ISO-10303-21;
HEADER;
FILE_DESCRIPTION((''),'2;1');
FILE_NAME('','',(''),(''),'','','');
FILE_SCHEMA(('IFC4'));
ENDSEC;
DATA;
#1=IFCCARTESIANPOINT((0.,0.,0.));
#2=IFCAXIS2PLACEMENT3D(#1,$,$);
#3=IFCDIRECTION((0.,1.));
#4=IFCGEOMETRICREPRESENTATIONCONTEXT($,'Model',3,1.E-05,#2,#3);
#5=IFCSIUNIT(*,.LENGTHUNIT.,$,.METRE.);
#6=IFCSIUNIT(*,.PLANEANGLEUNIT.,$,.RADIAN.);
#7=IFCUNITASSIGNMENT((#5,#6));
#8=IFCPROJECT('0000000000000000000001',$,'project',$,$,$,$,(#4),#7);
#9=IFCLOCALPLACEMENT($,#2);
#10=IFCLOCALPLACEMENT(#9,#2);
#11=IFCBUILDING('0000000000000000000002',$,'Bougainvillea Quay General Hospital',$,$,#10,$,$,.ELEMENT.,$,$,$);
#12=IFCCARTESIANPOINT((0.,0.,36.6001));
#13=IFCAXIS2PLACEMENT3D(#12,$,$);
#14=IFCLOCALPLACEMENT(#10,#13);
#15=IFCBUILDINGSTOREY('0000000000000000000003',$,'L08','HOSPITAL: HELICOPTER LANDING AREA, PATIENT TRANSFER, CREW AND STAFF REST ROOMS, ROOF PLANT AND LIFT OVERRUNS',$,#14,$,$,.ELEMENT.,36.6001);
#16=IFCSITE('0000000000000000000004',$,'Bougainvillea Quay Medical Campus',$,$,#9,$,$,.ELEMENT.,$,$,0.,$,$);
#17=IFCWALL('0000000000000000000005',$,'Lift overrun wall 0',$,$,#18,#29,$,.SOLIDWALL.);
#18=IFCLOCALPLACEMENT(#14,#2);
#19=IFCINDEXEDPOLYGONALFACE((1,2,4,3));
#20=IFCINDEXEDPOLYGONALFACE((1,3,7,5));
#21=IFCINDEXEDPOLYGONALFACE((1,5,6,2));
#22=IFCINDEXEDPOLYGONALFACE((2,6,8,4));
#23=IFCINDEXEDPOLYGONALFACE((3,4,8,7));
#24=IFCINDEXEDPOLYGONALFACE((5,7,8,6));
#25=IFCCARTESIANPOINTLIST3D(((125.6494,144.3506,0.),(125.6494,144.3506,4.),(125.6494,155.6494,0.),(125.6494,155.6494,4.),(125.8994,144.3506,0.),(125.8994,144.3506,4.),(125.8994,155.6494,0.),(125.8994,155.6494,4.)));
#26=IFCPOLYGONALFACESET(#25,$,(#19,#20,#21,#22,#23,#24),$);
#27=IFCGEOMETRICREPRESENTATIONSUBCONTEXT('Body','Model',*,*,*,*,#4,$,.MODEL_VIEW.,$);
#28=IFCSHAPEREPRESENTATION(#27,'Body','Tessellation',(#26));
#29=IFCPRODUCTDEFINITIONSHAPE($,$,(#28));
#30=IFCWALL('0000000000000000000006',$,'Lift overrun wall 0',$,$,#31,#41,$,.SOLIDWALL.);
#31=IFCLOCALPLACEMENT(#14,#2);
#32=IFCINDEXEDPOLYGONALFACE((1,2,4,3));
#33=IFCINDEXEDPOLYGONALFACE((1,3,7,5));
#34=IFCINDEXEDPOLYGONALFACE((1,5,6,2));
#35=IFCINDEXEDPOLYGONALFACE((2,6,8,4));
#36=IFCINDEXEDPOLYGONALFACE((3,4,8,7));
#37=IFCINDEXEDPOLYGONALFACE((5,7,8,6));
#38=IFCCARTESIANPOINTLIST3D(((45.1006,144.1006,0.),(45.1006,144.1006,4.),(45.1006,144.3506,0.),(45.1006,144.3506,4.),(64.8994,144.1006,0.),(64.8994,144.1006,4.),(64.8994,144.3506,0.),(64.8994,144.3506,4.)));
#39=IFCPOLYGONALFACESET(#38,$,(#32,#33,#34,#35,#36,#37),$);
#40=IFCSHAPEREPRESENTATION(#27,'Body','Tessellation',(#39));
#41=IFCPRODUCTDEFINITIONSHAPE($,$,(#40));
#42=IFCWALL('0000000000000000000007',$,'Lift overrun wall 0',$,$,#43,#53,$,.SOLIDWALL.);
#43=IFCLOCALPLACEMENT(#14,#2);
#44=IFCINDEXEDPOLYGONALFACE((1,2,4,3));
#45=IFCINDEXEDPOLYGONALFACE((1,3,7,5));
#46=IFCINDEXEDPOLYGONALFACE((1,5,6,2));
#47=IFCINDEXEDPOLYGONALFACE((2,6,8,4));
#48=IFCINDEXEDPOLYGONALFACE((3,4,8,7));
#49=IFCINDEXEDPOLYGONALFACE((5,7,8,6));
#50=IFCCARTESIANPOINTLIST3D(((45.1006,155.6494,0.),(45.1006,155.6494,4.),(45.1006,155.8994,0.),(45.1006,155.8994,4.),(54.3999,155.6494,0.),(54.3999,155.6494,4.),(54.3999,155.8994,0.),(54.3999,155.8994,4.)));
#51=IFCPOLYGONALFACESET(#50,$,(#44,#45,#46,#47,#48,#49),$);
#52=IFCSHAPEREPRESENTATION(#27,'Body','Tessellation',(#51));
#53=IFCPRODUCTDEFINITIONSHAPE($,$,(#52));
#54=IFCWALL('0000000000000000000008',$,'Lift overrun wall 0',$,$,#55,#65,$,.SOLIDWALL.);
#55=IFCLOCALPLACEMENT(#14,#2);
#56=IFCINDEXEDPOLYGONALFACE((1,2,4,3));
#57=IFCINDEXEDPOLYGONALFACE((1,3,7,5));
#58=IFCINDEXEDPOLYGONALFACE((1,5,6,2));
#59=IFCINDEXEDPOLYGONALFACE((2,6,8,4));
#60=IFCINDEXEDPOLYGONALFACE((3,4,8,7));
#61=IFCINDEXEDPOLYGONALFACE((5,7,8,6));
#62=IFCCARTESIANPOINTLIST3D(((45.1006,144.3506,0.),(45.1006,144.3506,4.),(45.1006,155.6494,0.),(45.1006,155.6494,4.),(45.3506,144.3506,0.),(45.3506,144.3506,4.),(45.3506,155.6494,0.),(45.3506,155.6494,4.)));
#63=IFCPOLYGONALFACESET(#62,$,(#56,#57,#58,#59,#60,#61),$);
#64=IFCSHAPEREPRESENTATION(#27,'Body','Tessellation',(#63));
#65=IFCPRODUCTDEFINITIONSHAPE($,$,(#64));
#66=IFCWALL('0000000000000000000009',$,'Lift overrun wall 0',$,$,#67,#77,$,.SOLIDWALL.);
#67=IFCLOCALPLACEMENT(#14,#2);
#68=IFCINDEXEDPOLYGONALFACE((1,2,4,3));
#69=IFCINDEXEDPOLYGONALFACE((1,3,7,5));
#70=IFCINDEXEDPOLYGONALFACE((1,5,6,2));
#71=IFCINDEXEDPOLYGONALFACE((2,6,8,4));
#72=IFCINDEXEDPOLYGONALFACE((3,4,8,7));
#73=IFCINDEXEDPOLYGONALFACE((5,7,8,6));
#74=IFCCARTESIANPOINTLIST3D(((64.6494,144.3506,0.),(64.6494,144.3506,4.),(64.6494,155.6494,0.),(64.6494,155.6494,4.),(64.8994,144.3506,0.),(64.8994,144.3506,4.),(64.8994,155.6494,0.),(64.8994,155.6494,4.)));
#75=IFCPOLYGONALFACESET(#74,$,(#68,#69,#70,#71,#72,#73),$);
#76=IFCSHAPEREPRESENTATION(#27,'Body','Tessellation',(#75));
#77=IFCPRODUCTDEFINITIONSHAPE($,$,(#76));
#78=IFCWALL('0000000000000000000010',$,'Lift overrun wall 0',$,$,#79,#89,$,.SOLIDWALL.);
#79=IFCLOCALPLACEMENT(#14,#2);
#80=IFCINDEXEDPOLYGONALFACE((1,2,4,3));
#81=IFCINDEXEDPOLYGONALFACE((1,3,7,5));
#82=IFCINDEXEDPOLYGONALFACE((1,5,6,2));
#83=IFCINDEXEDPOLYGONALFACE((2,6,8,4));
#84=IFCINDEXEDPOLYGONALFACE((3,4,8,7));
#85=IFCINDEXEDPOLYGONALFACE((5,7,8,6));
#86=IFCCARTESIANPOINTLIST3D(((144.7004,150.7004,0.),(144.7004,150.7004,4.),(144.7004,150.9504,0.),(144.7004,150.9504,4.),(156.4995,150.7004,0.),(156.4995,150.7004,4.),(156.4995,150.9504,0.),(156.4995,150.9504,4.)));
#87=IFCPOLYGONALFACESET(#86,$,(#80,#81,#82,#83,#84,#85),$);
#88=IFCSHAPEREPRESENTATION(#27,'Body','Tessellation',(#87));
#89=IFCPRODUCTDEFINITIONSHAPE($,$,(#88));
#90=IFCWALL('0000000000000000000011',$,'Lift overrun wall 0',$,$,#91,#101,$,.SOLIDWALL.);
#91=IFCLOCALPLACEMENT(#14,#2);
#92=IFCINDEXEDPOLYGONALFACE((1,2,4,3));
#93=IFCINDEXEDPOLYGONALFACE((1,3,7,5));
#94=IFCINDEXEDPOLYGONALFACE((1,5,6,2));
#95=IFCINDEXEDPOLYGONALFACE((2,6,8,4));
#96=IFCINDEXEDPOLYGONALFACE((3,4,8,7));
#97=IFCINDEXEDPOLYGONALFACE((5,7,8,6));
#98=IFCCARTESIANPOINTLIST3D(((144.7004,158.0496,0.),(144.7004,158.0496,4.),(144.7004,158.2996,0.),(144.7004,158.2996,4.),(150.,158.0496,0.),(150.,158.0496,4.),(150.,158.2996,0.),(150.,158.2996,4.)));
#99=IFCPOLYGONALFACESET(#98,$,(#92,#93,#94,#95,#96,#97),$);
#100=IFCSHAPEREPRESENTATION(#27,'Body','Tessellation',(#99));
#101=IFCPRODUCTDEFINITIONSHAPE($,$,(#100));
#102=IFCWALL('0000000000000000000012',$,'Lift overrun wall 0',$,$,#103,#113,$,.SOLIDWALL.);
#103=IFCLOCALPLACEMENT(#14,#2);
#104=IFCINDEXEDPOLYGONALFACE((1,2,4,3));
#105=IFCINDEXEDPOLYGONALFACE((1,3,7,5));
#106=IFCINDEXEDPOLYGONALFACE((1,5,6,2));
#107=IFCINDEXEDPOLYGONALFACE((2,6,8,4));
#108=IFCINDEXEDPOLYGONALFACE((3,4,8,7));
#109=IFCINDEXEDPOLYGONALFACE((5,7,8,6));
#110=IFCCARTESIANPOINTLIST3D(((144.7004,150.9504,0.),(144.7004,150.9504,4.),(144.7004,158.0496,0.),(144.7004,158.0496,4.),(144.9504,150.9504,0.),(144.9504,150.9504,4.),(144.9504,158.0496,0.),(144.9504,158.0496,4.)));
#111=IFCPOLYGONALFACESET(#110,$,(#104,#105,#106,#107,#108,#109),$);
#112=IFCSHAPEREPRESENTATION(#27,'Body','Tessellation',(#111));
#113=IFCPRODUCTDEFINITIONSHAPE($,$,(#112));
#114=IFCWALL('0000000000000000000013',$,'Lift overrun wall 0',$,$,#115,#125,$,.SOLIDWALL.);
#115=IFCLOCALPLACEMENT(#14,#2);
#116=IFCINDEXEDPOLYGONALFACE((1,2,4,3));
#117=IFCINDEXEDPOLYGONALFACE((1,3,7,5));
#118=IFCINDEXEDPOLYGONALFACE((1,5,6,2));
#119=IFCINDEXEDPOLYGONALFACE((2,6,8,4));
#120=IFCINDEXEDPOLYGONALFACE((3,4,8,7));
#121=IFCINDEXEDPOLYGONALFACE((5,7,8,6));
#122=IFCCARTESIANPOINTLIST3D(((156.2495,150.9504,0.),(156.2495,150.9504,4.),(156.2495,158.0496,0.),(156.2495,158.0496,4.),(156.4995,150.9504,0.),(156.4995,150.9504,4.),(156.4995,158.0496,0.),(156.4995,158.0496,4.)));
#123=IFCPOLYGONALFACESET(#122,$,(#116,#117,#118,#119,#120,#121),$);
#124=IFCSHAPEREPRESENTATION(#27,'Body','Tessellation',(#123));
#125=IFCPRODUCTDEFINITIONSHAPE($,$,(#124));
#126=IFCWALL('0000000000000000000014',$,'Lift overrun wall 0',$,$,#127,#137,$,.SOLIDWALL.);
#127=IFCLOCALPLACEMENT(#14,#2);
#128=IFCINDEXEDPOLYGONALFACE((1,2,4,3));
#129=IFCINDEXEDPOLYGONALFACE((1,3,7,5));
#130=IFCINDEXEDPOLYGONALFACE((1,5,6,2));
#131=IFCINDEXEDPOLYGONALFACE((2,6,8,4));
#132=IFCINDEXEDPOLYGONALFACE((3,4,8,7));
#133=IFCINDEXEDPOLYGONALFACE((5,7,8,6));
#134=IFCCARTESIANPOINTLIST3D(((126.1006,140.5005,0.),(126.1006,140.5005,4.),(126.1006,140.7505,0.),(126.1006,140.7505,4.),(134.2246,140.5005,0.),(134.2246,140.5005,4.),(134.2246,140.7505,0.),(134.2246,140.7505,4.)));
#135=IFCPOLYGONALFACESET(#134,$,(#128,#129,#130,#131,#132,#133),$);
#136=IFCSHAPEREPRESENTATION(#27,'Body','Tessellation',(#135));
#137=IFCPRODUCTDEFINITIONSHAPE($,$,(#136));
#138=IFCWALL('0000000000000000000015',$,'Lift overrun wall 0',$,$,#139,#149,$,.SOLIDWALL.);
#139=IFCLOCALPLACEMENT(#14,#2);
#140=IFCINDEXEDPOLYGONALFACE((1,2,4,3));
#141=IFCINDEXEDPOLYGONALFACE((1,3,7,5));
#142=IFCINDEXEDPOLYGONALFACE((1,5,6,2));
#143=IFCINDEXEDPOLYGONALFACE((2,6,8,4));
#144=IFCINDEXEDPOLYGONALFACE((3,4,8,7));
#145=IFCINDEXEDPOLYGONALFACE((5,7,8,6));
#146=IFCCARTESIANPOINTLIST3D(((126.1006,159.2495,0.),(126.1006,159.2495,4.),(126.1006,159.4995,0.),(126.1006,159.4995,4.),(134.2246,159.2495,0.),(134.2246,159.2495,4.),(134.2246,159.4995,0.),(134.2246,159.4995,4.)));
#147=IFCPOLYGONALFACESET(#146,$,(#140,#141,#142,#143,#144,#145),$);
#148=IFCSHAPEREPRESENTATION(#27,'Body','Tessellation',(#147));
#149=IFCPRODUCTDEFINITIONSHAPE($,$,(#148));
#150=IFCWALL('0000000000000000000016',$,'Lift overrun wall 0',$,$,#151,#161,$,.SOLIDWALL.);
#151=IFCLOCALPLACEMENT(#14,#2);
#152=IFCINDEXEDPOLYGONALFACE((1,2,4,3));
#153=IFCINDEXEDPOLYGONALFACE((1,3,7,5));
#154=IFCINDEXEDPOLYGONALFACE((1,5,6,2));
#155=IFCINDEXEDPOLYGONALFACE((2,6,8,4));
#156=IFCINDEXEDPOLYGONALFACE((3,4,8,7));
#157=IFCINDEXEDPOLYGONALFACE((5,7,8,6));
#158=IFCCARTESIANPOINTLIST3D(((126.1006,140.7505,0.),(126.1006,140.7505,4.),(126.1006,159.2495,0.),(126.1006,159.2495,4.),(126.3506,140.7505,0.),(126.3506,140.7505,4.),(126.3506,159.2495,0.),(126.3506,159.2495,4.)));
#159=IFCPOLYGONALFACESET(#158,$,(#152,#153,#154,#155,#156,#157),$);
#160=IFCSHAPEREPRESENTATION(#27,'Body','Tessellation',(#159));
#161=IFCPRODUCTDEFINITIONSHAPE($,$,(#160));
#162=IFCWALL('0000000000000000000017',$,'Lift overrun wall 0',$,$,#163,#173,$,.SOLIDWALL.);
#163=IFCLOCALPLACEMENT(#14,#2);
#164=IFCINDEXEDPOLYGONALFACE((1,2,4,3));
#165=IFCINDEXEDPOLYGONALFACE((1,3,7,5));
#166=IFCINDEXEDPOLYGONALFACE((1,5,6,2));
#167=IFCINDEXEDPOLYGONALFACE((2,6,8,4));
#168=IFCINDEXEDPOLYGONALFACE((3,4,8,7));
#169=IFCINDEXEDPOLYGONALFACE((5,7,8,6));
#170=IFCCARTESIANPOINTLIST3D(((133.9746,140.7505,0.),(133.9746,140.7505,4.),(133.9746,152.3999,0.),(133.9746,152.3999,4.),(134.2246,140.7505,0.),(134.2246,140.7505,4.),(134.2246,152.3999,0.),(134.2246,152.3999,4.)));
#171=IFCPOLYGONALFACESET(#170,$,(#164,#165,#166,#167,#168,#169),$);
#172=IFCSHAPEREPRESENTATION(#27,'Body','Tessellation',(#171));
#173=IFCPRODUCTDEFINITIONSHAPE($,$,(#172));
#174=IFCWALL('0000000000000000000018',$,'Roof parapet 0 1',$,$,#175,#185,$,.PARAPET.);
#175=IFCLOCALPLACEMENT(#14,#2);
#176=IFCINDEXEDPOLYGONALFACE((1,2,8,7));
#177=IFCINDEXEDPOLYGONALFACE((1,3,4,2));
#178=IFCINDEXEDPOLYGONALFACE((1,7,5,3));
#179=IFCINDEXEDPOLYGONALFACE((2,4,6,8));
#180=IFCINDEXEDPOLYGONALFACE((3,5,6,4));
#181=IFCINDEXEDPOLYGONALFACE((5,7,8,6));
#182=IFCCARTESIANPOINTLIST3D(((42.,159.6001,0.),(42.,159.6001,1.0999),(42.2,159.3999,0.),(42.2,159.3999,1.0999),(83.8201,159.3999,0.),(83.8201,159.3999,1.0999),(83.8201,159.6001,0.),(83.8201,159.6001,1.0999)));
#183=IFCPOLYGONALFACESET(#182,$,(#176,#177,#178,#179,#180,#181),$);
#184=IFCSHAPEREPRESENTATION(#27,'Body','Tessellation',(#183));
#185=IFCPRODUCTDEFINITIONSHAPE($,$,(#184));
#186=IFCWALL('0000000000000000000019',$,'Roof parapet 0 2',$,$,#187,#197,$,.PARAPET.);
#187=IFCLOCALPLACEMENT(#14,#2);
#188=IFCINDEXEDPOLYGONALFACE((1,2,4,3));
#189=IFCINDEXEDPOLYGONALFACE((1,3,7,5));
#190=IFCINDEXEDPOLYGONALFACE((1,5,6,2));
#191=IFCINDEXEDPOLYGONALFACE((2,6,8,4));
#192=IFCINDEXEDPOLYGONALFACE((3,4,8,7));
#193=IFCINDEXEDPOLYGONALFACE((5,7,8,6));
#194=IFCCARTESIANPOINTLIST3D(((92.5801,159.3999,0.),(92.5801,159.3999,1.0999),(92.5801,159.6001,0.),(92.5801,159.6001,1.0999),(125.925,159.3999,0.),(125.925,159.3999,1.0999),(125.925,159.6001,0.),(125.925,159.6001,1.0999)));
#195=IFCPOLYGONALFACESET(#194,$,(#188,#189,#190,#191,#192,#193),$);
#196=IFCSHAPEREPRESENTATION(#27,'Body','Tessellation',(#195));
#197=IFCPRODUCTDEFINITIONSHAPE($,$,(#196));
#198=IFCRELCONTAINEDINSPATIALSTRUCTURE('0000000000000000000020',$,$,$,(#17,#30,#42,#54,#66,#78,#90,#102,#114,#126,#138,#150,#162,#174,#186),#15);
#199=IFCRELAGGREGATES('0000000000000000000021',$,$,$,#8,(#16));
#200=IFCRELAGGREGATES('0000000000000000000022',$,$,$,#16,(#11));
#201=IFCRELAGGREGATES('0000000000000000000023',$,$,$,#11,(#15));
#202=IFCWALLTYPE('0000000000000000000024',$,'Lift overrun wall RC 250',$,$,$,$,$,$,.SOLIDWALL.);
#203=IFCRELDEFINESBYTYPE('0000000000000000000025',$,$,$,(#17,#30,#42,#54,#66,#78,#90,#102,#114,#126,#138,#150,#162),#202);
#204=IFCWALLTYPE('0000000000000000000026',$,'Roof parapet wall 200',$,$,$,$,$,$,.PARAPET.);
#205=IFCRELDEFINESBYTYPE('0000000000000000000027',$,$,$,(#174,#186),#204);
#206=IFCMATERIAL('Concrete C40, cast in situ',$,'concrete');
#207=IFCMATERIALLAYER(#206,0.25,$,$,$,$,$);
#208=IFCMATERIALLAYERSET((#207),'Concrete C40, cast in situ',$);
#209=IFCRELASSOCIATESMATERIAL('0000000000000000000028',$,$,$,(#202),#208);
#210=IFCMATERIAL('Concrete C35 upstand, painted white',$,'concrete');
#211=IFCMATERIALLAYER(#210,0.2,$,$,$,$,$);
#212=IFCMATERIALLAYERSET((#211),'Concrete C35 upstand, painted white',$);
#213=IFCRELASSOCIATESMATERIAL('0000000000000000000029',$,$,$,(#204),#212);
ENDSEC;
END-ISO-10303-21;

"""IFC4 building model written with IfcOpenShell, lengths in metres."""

from ifc_helpers import new_model, si_unit, direction, frame, origin, place, context, subcontext, project, spatial, polyline, outline, extrude, material, layer, layer_set, type_object, element, save


model = new_model("IFC4")

# Units and contexts
model_context = context("Model", 3, precision=1e-05, world=origin(), true_north=direction((0.0, 1.0)))
body_context = subcontext(model_context, "Body", "Model", "MODEL_VIEW")
ifc_project = project(units=[si_unit("LENGTHUNIT", "METRE"), si_unit("PLANEANGLEUNIT", "RADIAN")], contexts=[model_context])

# Site, building, storey
site_placement = place(None, origin())
site = spatial("IfcSite", under=ifc_project, at=site_placement, Name="Bougainvillea Quay Medical Campus", CompositionType="ELEMENT", RefElevation=0.0)
building_placement = place(site_placement, origin())
building = spatial("IfcBuilding", under=site, at=building_placement, Name="Bougainvillea Quay General Hospital", CompositionType="ELEMENT")
storey_placement = place(building_placement, frame((0.0, 0.0, 36.6001)))
storey = spatial("IfcBuildingStorey", under=building, at=storey_placement, Name="L08", Description="HOSPITAL: HELICOPTER LANDING AREA, PATIENT TRANSFER, CREW AND STAFF REST ROOMS, ROOF PLANT AND LIFT OVERRUNS", CompositionType="ELEMENT", Elevation=36.6001)

# Walls
ifc_material_1 = material(Name="Concrete C40, cast in situ", Category="concrete")
ifc_layer_1 = layer(ifc_material_1, 0.25)
ifc_layer_set_1 = layer_set([ifc_layer_1], Name="Concrete C40, cast in situ")
wall_type_1 = type_object("IfcWallType", Name="Lift overrun wall RC 250", PredefinedType="SOLIDWALL", material=ifc_layer_set_1)
wall_1_placement = place(storey_placement, origin())
element("IfcWall", 1, at=wall_1_placement, inside=storey, type_object=wall_type_1, Name="Lift overrun wall 0", PredefinedType="SOLIDWALL", context=body_context, shape_type="SweptSolid", body=[
    extrude(outline(polyline([(125.6494, 144.3506), (125.8994, 144.3506), (125.8994, 155.6494), (125.6494, 155.6494), (125.6494, 144.3506)])), origin(), (0.0, 0.0, 1.0), 4.0),
])
wall_2_placement = place(storey_placement, origin())
element("IfcWall", 2, at=wall_2_placement, inside=storey, type_object=wall_type_1, Name="Lift overrun wall 0", PredefinedType="SOLIDWALL", context=body_context, shape_type="SweptSolid", body=[
    extrude(outline(polyline([(45.1006, 144.1006), (64.8994, 144.1006), (64.8994, 144.3506), (45.1006, 144.3506), (45.1006, 144.1006)])), origin(), (0.0, 0.0, 1.0), 4.0),
])
wall_3_placement = place(storey_placement, origin())
element("IfcWall", 3, at=wall_3_placement, inside=storey, type_object=wall_type_1, Name="Lift overrun wall 0", PredefinedType="SOLIDWALL", context=body_context, shape_type="SweptSolid", body=[
    extrude(outline(polyline([(45.1006, 155.6494), (45.1006, 155.8994), (54.3999, 155.8994), (54.3999, 155.6494), (45.1006, 155.6494)])), origin(), (0.0, 0.0, 1.0), 4.0),
])
wall_4_placement = place(storey_placement, origin())
element("IfcWall", 4, at=wall_4_placement, inside=storey, type_object=wall_type_1, Name="Lift overrun wall 0", PredefinedType="SOLIDWALL", context=body_context, shape_type="SweptSolid", body=[
    extrude(outline(polyline([(45.1006, 144.3506), (45.3506, 144.3506), (45.3506, 155.6494), (45.1006, 155.6494), (45.1006, 144.3506)])), origin(), (0.0, 0.0, 1.0), 4.0),
])
wall_5_placement = place(storey_placement, origin())
element("IfcWall", 5, at=wall_5_placement, inside=storey, type_object=wall_type_1, Name="Lift overrun wall 0", PredefinedType="SOLIDWALL", context=body_context, shape_type="SweptSolid", body=[
    extrude(outline(polyline([(64.6494, 144.3506), (64.8994, 144.3506), (64.8994, 155.6494), (64.6494, 155.6494), (64.6494, 144.3506)])), origin(), (0.0, 0.0, 1.0), 4.0),
])
wall_6_placement = place(storey_placement, origin())
element("IfcWall", 6, at=wall_6_placement, inside=storey, type_object=wall_type_1, Name="Lift overrun wall 0", PredefinedType="SOLIDWALL", context=body_context, shape_type="SweptSolid", body=[
    extrude(outline(polyline([(144.7004, 150.7004), (156.4995, 150.7004), (156.4995, 150.9504), (144.7004, 150.9504), (144.7004, 150.7004)])), origin(), (0.0, 0.0, 1.0), 4.0),
])
wall_7_placement = place(storey_placement, origin())
element("IfcWall", 7, at=wall_7_placement, inside=storey, type_object=wall_type_1, Name="Lift overrun wall 0", PredefinedType="SOLIDWALL", context=body_context, shape_type="SweptSolid", body=[
    extrude(outline(polyline([(144.7004, 158.0496), (144.7004, 158.2996), (150.0, 158.2996), (150.0, 158.0496), (144.7004, 158.0496)])), origin(), (0.0, 0.0, 1.0), 4.0),
])
wall_8_placement = place(storey_placement, origin())
element("IfcWall", 8, at=wall_8_placement, inside=storey, type_object=wall_type_1, Name="Lift overrun wall 0", PredefinedType="SOLIDWALL", context=body_context, shape_type="SweptSolid", body=[
    extrude(outline(polyline([(144.7004, 150.9504), (144.9504, 150.9504), (144.9504, 158.0496), (144.7004, 158.0496), (144.7004, 150.9504)])), origin(), (0.0, 0.0, 1.0), 4.0),
])
wall_9_placement = place(storey_placement, origin())
element("IfcWall", 9, at=wall_9_placement, inside=storey, type_object=wall_type_1, Name="Lift overrun wall 0", PredefinedType="SOLIDWALL", context=body_context, shape_type="SweptSolid", body=[
    extrude(outline(polyline([(156.2495, 150.9504), (156.4995, 150.9504), (156.4995, 158.0496), (156.2495, 158.0496), (156.2495, 150.9504)])), origin(), (0.0, 0.0, 1.0), 4.0),
])
wall_10_placement = place(storey_placement, origin())
element("IfcWall", 10, at=wall_10_placement, inside=storey, type_object=wall_type_1, Name="Lift overrun wall 0", PredefinedType="SOLIDWALL", context=body_context, shape_type="SweptSolid", body=[
    extrude(outline(polyline([(126.1006, 140.5005), (134.2246, 140.5005), (134.2246, 140.7505), (126.1006, 140.7505), (126.1006, 140.5005)])), origin(), (0.0, 0.0, 1.0), 4.0),
])
wall_11_placement = place(storey_placement, origin())
element("IfcWall", 11, at=wall_11_placement, inside=storey, type_object=wall_type_1, Name="Lift overrun wall 0", PredefinedType="SOLIDWALL", context=body_context, shape_type="SweptSolid", body=[
    extrude(outline(polyline([(126.1006, 159.2495), (134.2246, 159.2495), (134.2246, 159.4995), (126.1006, 159.4995), (126.1006, 159.2495)])), origin(), (0.0, 0.0, 1.0), 4.0),
])
wall_12_placement = place(storey_placement, origin())
element("IfcWall", 12, at=wall_12_placement, inside=storey, type_object=wall_type_1, Name="Lift overrun wall 0", PredefinedType="SOLIDWALL", context=body_context, shape_type="SweptSolid", body=[
    extrude(outline(polyline([(126.1006, 140.7505), (126.3506, 140.7505), (126.3506, 159.2495), (126.1006, 159.2495), (126.1006, 140.7505)])), origin(), (0.0, 0.0, 1.0), 4.0),
])
wall_13_placement = place(storey_placement, origin())
element("IfcWall", 13, at=wall_13_placement, inside=storey, type_object=wall_type_1, Name="Lift overrun wall 0", PredefinedType="SOLIDWALL", context=body_context, shape_type="SweptSolid", body=[
    extrude(outline(polyline([(134.2246, 140.7505), (133.9746, 140.7505), (133.9746, 152.3999), (134.2246, 152.3999), (134.2246, 140.7505)])), origin(), (0.0, 0.0, 1.0), 4.0),
])
ifc_material_2 = material(Name="Concrete C35 upstand, painted white", Category="concrete")
ifc_layer_2 = layer(ifc_material_2, 0.2)
ifc_layer_set_2 = layer_set([ifc_layer_2], Name="Concrete C35 upstand, painted white")
wall_type_2 = type_object("IfcWallType", Name="Roof parapet wall 200", PredefinedType="PARAPET", material=ifc_layer_set_2)
wall_14_placement = place(storey_placement, origin())
element("IfcWall", 14, at=wall_14_placement, inside=storey, type_object=wall_type_2, Name="Roof parapet 0 1", PredefinedType="PARAPET", context=body_context, shape_type="SweptSolid", body=[
    extrude(outline(polyline([(42.0, 159.6001), (83.8201, 159.6001), (83.8201, 159.3999), (42.2, 159.3999), (42.0, 159.6001)])), origin(), (0.0, 0.0, 1.0), 1.0999),
])
wall_15_placement = place(storey_placement, origin())
element("IfcWall", 15, at=wall_15_placement, inside=storey, type_object=wall_type_2, Name="Roof parapet 0 2", PredefinedType="PARAPET", context=body_context, shape_type="SweptSolid", body=[
    extrude(outline(polyline([(125.925, 159.6001), (125.925, 159.3999), (92.5801, 159.3999), (92.5801, 159.6001), (125.925, 159.6001)])), origin(), (0.0, 0.0, 1.0), 1.0999),
])

save(model, "model.ifc")
